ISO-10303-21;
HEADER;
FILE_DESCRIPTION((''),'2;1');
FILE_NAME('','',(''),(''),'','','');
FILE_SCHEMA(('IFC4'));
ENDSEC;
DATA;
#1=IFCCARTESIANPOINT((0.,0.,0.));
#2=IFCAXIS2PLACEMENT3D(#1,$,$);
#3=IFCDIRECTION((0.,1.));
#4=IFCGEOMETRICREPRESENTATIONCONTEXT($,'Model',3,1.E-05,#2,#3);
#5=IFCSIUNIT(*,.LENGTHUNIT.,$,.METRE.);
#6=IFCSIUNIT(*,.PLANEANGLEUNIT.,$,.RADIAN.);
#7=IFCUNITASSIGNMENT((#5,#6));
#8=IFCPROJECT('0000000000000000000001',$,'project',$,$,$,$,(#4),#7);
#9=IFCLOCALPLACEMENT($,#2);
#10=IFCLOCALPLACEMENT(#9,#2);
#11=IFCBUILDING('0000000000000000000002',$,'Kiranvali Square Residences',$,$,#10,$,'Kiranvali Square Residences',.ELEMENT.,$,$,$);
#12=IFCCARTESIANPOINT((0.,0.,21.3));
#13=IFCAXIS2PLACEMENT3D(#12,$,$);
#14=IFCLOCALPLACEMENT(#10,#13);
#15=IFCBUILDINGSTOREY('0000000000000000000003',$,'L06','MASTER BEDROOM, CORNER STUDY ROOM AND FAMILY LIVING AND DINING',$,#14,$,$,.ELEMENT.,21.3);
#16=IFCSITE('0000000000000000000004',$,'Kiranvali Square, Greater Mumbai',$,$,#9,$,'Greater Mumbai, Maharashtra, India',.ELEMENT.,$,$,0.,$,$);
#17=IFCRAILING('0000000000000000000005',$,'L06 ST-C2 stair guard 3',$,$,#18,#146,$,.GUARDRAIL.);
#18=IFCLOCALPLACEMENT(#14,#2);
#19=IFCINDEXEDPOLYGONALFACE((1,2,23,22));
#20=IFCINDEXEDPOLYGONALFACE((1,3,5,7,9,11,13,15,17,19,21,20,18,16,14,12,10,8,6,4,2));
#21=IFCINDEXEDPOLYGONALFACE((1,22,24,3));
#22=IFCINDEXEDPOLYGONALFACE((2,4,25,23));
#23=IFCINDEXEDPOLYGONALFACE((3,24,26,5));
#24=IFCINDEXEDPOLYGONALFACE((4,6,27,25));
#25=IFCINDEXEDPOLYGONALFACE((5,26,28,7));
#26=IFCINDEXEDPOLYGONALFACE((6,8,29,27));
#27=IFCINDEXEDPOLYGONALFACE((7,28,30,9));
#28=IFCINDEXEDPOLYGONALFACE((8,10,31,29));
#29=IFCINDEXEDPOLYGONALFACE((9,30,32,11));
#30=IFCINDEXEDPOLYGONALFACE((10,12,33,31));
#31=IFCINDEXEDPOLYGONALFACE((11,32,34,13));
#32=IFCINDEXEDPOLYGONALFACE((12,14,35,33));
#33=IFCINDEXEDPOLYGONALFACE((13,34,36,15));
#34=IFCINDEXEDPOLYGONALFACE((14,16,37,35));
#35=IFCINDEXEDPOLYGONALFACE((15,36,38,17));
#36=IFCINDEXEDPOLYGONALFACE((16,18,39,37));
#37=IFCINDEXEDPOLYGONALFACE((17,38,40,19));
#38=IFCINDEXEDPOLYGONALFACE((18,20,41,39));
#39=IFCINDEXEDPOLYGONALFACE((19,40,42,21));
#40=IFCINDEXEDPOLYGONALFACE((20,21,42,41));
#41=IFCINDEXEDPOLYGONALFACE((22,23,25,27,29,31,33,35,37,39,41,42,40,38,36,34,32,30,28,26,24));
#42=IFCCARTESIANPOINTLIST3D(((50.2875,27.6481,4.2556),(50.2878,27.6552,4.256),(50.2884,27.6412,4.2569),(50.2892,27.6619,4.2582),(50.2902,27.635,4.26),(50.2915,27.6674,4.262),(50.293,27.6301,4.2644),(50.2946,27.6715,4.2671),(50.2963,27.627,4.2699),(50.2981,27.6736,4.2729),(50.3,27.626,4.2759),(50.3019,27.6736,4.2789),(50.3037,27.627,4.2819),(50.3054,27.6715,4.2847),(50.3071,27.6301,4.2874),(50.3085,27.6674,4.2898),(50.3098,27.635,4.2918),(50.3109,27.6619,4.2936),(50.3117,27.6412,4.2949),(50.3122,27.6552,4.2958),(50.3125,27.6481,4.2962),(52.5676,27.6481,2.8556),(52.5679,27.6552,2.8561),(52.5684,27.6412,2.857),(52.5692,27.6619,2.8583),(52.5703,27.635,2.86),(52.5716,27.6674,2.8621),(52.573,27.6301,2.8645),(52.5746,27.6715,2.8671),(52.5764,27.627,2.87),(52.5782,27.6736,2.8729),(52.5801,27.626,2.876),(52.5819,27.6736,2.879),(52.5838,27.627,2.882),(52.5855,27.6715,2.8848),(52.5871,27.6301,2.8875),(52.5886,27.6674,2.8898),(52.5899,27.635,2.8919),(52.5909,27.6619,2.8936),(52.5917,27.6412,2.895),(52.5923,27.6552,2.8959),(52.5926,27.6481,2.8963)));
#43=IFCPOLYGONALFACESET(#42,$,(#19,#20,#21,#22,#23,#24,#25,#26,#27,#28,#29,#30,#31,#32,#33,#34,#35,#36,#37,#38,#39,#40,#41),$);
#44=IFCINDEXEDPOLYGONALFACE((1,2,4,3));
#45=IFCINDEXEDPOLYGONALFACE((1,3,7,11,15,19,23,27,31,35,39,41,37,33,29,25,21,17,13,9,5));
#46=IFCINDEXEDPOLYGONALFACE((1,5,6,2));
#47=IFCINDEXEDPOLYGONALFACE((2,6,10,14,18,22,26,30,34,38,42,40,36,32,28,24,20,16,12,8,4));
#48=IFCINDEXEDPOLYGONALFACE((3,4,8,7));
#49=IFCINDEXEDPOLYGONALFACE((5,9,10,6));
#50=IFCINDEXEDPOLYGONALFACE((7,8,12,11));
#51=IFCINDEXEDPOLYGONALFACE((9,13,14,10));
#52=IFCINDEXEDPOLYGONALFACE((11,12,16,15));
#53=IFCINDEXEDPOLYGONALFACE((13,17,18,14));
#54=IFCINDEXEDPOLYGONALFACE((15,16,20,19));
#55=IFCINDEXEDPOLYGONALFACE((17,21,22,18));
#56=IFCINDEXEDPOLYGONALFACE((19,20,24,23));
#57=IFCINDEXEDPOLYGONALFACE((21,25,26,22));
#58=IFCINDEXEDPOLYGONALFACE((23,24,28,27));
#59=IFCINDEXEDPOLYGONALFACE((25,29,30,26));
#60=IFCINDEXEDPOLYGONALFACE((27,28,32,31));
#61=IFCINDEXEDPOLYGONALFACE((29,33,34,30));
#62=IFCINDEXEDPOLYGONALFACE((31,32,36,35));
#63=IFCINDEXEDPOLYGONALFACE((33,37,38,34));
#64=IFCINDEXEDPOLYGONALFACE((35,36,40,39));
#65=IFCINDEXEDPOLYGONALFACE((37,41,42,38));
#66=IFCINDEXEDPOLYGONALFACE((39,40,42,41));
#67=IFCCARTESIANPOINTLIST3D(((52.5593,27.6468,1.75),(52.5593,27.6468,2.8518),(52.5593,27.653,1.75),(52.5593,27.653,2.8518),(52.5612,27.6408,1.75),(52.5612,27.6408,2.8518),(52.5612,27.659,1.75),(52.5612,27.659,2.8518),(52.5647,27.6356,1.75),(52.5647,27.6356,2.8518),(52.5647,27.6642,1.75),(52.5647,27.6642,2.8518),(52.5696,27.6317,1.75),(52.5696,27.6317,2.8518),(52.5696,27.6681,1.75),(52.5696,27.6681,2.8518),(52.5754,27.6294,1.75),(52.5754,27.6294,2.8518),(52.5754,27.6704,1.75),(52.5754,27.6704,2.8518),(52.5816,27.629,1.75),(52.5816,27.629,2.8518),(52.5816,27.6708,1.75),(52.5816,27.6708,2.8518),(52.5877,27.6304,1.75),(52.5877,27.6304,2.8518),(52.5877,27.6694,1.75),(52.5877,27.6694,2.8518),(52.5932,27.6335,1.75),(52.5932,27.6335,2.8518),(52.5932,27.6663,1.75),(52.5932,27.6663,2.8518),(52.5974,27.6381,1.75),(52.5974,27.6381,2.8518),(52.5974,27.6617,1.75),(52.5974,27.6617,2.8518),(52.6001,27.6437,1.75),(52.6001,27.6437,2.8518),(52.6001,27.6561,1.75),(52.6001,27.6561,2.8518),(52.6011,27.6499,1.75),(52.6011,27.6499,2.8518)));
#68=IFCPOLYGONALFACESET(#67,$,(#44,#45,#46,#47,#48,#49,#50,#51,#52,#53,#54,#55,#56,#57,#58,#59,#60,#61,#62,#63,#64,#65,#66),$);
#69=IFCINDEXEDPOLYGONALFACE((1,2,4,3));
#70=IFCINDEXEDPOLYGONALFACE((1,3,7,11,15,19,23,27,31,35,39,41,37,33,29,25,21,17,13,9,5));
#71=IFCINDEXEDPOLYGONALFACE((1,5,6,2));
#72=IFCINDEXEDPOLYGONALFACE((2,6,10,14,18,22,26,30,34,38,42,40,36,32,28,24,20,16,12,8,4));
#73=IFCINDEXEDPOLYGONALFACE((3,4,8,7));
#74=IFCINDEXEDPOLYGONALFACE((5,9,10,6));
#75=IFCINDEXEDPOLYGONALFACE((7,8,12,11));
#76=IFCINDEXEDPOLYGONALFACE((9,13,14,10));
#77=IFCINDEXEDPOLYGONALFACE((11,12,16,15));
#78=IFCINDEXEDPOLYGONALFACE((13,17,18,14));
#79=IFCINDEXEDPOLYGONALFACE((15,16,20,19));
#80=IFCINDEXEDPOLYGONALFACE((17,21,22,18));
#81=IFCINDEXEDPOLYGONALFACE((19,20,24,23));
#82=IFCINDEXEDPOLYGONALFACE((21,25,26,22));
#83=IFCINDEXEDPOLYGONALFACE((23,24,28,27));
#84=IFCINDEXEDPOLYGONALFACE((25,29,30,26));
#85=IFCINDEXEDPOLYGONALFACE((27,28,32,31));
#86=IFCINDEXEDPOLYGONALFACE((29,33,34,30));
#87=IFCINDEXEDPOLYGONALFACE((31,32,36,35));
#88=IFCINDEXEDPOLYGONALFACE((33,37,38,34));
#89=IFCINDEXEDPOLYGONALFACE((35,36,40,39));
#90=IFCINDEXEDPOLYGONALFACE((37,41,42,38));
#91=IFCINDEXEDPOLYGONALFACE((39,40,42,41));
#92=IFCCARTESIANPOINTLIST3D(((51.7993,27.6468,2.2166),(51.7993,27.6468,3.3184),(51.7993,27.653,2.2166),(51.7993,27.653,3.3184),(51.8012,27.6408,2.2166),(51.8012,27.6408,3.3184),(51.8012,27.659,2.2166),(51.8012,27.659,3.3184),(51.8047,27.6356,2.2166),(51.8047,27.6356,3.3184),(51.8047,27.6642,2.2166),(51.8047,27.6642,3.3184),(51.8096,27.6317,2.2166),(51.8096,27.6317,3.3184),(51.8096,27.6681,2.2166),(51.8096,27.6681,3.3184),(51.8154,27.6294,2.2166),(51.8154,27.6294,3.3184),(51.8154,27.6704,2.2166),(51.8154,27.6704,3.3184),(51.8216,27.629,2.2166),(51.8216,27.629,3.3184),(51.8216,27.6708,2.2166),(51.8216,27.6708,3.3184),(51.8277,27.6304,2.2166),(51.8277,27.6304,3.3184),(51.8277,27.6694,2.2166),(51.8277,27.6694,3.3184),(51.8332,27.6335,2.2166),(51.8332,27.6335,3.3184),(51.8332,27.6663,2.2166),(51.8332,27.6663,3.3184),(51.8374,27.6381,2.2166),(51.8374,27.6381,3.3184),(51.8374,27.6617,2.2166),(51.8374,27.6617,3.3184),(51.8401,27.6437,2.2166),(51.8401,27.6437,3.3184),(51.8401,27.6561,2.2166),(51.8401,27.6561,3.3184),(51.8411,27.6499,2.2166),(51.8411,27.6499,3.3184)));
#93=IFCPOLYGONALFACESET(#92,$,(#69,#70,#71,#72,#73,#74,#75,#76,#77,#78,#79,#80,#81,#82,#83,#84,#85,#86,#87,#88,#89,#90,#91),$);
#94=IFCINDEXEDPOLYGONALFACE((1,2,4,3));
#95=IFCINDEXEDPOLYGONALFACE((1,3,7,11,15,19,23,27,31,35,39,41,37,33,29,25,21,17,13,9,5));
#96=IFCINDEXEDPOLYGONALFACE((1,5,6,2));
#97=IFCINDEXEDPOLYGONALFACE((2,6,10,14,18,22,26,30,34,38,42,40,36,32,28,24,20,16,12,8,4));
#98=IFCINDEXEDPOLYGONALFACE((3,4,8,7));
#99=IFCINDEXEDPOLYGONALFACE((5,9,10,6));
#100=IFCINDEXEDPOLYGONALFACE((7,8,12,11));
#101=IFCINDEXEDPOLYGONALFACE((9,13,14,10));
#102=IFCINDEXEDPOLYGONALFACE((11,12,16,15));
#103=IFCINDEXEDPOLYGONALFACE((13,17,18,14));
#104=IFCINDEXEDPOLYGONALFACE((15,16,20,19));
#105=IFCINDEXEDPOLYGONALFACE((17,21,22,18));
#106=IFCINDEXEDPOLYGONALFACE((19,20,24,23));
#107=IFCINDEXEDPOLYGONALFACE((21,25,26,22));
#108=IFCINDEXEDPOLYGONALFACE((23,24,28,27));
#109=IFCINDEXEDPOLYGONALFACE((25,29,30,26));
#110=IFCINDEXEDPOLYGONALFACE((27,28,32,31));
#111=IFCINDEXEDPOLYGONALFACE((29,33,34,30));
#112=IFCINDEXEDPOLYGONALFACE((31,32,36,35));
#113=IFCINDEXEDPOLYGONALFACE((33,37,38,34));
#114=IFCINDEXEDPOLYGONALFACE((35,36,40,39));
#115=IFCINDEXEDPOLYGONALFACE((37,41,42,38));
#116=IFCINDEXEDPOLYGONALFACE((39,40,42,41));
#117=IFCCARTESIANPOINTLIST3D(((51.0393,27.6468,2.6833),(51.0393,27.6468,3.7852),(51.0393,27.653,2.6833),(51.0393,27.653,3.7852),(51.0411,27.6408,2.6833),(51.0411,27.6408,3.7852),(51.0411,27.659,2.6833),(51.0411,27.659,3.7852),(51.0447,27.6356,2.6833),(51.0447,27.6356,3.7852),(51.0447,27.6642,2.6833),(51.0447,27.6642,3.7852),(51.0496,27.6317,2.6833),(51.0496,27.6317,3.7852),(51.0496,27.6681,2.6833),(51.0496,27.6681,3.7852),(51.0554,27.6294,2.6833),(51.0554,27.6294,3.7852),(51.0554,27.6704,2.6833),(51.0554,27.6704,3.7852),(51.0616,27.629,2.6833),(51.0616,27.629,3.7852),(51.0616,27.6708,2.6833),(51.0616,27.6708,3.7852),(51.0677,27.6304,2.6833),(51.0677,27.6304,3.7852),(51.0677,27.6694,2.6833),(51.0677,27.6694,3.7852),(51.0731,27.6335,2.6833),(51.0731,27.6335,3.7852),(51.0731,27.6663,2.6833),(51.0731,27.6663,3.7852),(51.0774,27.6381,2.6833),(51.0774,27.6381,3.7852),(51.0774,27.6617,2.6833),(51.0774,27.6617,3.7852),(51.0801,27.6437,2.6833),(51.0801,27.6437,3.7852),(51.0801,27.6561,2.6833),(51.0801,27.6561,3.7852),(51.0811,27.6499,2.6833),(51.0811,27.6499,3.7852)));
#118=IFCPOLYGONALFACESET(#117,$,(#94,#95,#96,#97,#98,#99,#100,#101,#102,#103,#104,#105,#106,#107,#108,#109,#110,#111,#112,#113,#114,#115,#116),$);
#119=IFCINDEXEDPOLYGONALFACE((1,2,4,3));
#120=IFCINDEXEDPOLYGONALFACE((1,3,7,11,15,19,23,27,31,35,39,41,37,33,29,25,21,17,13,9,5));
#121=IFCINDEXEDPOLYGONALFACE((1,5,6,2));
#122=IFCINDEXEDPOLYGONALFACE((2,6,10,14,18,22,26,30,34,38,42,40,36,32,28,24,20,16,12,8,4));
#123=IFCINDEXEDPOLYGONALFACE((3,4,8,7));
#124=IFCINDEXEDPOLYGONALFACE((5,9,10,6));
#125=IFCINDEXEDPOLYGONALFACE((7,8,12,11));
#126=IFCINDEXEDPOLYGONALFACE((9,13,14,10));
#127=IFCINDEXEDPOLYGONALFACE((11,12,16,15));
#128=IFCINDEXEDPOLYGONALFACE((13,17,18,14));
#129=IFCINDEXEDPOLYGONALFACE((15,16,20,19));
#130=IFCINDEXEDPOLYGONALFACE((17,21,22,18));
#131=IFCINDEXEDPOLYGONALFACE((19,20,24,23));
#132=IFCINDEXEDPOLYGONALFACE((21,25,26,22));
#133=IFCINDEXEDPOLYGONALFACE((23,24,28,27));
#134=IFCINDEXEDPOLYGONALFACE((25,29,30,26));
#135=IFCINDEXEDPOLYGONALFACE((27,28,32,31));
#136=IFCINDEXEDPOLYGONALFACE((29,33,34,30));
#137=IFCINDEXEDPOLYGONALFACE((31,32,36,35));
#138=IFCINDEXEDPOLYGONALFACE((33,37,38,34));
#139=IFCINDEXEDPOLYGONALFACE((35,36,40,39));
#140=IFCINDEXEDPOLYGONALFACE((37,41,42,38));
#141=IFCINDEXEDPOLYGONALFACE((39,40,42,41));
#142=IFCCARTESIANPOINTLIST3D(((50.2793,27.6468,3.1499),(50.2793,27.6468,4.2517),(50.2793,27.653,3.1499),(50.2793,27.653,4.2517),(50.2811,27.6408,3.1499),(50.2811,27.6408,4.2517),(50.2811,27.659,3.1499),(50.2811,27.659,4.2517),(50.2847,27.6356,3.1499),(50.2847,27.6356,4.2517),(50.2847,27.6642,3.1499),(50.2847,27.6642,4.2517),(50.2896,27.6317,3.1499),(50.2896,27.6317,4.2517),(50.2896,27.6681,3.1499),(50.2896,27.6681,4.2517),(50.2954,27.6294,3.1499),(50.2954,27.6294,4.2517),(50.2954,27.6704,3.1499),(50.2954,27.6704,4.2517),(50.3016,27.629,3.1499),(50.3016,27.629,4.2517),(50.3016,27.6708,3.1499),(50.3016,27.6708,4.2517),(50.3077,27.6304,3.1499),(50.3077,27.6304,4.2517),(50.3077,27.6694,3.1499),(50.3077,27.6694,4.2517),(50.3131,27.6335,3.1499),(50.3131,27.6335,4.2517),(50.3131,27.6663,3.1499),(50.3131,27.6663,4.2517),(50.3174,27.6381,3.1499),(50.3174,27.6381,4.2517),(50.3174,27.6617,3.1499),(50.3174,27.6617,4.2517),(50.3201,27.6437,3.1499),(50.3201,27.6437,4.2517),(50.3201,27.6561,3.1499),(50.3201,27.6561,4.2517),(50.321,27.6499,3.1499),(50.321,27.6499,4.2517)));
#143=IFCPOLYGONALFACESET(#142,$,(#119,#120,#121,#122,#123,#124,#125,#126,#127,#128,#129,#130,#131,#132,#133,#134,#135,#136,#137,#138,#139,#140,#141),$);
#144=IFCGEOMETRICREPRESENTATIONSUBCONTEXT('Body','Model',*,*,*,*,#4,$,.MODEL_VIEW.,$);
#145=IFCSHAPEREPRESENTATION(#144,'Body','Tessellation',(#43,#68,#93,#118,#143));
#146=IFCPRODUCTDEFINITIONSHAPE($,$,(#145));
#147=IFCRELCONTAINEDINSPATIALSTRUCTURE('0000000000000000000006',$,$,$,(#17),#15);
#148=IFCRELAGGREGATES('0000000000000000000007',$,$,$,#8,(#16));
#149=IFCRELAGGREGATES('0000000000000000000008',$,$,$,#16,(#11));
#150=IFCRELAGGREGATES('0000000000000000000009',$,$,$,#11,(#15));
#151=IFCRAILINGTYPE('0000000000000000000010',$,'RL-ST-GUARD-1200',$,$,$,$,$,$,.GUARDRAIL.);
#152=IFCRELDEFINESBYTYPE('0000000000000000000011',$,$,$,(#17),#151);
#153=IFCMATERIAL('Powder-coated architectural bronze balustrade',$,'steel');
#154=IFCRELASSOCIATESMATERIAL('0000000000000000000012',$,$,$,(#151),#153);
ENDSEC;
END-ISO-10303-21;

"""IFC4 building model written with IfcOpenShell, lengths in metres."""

from ifc_helpers import new_model, si_unit, direction, frame, origin, origin_2d, place, context, subcontext, project, spatial, circle, extrude, material, type_object, element, save


model = new_model("IFC4")

# Units and contexts
model_context = context("Model", 3, precision=1e-05, world=origin(), true_north=direction((0.0, 1.0)))
body_context = subcontext(model_context, "Body", "Model", "MODEL_VIEW")
ifc_project = project(units=[si_unit("LENGTHUNIT", "METRE"), si_unit("PLANEANGLEUNIT", "RADIAN")], contexts=[model_context])

# Site, building, storey
site_placement = place(None, origin())
site = spatial("IfcSite", under=ifc_project, at=site_placement, Name="Kiranvali Square, Greater Mumbai", LongName="Greater Mumbai, Maharashtra, India", CompositionType="ELEMENT", RefElevation=0.0)
building_placement = place(site_placement, origin())
building = spatial("IfcBuilding", under=site, at=building_placement, Name="Kiranvali Square Residences", LongName="Kiranvali Square Residences", CompositionType="ELEMENT")
storey_placement = place(building_placement, frame((0.0, 0.0, 21.3)))
storey = spatial("IfcBuildingStorey", under=building, at=storey_placement, Name="L06", Description="MASTER BEDROOM, CORNER STUDY ROOM AND FAMILY LIVING AND DINING", CompositionType="ELEMENT", Elevation=21.3)

# Railing
ifc_material_1 = material(Name="Powder-coated architectural bronze balustrade", Category="steel")
railing_type_1 = type_object("IfcRailingType", Name="RL-ST-GUARD-1200", PredefinedType="GUARDRAIL", material=ifc_material_1)
railing_1_placement = place(storey_placement, frame((52.5801, 27.6499, 1.75)))
element("IfcRailing", 1, at=railing_1_placement, inside=storey, type_object=railing_type_1, Name="L06 ST-C2 stair guard 3", PredefinedType="GUARDRAIL", context=body_context, shape_type="SweptSolid", body=[
    extrude(circle(Radius=0.0239, at=origin_2d()), frame((0.0, 0.0, 1.126), z_axis=(-0.85219, 0.0, 0.523232), x_axis=(0.0, -1.0, 0.0)), (0.0, 0.0, 1.0), 2.6755),
    extrude(circle(Radius=0.021, at=origin_2d()), origin(), (0.0, 0.0, 1.0), 1.1018),
    extrude(circle(Radius=0.021, at=origin_2d()), frame((-0.76, 0.0, 0.4666)), (0.0, 0.0, 1.0), 1.1018),
    extrude(circle(Radius=0.021, at=origin_2d()), frame((-1.52, 0.0, 0.9333)), (0.0, 0.0, 1.0), 1.1018),
    extrude(circle(Radius=0.021, at=origin_2d()), frame((-2.28, 0.0, 1.3999)), (0.0, 0.0, 1.0), 1.1018),
])

save(model, "model.ifc")
